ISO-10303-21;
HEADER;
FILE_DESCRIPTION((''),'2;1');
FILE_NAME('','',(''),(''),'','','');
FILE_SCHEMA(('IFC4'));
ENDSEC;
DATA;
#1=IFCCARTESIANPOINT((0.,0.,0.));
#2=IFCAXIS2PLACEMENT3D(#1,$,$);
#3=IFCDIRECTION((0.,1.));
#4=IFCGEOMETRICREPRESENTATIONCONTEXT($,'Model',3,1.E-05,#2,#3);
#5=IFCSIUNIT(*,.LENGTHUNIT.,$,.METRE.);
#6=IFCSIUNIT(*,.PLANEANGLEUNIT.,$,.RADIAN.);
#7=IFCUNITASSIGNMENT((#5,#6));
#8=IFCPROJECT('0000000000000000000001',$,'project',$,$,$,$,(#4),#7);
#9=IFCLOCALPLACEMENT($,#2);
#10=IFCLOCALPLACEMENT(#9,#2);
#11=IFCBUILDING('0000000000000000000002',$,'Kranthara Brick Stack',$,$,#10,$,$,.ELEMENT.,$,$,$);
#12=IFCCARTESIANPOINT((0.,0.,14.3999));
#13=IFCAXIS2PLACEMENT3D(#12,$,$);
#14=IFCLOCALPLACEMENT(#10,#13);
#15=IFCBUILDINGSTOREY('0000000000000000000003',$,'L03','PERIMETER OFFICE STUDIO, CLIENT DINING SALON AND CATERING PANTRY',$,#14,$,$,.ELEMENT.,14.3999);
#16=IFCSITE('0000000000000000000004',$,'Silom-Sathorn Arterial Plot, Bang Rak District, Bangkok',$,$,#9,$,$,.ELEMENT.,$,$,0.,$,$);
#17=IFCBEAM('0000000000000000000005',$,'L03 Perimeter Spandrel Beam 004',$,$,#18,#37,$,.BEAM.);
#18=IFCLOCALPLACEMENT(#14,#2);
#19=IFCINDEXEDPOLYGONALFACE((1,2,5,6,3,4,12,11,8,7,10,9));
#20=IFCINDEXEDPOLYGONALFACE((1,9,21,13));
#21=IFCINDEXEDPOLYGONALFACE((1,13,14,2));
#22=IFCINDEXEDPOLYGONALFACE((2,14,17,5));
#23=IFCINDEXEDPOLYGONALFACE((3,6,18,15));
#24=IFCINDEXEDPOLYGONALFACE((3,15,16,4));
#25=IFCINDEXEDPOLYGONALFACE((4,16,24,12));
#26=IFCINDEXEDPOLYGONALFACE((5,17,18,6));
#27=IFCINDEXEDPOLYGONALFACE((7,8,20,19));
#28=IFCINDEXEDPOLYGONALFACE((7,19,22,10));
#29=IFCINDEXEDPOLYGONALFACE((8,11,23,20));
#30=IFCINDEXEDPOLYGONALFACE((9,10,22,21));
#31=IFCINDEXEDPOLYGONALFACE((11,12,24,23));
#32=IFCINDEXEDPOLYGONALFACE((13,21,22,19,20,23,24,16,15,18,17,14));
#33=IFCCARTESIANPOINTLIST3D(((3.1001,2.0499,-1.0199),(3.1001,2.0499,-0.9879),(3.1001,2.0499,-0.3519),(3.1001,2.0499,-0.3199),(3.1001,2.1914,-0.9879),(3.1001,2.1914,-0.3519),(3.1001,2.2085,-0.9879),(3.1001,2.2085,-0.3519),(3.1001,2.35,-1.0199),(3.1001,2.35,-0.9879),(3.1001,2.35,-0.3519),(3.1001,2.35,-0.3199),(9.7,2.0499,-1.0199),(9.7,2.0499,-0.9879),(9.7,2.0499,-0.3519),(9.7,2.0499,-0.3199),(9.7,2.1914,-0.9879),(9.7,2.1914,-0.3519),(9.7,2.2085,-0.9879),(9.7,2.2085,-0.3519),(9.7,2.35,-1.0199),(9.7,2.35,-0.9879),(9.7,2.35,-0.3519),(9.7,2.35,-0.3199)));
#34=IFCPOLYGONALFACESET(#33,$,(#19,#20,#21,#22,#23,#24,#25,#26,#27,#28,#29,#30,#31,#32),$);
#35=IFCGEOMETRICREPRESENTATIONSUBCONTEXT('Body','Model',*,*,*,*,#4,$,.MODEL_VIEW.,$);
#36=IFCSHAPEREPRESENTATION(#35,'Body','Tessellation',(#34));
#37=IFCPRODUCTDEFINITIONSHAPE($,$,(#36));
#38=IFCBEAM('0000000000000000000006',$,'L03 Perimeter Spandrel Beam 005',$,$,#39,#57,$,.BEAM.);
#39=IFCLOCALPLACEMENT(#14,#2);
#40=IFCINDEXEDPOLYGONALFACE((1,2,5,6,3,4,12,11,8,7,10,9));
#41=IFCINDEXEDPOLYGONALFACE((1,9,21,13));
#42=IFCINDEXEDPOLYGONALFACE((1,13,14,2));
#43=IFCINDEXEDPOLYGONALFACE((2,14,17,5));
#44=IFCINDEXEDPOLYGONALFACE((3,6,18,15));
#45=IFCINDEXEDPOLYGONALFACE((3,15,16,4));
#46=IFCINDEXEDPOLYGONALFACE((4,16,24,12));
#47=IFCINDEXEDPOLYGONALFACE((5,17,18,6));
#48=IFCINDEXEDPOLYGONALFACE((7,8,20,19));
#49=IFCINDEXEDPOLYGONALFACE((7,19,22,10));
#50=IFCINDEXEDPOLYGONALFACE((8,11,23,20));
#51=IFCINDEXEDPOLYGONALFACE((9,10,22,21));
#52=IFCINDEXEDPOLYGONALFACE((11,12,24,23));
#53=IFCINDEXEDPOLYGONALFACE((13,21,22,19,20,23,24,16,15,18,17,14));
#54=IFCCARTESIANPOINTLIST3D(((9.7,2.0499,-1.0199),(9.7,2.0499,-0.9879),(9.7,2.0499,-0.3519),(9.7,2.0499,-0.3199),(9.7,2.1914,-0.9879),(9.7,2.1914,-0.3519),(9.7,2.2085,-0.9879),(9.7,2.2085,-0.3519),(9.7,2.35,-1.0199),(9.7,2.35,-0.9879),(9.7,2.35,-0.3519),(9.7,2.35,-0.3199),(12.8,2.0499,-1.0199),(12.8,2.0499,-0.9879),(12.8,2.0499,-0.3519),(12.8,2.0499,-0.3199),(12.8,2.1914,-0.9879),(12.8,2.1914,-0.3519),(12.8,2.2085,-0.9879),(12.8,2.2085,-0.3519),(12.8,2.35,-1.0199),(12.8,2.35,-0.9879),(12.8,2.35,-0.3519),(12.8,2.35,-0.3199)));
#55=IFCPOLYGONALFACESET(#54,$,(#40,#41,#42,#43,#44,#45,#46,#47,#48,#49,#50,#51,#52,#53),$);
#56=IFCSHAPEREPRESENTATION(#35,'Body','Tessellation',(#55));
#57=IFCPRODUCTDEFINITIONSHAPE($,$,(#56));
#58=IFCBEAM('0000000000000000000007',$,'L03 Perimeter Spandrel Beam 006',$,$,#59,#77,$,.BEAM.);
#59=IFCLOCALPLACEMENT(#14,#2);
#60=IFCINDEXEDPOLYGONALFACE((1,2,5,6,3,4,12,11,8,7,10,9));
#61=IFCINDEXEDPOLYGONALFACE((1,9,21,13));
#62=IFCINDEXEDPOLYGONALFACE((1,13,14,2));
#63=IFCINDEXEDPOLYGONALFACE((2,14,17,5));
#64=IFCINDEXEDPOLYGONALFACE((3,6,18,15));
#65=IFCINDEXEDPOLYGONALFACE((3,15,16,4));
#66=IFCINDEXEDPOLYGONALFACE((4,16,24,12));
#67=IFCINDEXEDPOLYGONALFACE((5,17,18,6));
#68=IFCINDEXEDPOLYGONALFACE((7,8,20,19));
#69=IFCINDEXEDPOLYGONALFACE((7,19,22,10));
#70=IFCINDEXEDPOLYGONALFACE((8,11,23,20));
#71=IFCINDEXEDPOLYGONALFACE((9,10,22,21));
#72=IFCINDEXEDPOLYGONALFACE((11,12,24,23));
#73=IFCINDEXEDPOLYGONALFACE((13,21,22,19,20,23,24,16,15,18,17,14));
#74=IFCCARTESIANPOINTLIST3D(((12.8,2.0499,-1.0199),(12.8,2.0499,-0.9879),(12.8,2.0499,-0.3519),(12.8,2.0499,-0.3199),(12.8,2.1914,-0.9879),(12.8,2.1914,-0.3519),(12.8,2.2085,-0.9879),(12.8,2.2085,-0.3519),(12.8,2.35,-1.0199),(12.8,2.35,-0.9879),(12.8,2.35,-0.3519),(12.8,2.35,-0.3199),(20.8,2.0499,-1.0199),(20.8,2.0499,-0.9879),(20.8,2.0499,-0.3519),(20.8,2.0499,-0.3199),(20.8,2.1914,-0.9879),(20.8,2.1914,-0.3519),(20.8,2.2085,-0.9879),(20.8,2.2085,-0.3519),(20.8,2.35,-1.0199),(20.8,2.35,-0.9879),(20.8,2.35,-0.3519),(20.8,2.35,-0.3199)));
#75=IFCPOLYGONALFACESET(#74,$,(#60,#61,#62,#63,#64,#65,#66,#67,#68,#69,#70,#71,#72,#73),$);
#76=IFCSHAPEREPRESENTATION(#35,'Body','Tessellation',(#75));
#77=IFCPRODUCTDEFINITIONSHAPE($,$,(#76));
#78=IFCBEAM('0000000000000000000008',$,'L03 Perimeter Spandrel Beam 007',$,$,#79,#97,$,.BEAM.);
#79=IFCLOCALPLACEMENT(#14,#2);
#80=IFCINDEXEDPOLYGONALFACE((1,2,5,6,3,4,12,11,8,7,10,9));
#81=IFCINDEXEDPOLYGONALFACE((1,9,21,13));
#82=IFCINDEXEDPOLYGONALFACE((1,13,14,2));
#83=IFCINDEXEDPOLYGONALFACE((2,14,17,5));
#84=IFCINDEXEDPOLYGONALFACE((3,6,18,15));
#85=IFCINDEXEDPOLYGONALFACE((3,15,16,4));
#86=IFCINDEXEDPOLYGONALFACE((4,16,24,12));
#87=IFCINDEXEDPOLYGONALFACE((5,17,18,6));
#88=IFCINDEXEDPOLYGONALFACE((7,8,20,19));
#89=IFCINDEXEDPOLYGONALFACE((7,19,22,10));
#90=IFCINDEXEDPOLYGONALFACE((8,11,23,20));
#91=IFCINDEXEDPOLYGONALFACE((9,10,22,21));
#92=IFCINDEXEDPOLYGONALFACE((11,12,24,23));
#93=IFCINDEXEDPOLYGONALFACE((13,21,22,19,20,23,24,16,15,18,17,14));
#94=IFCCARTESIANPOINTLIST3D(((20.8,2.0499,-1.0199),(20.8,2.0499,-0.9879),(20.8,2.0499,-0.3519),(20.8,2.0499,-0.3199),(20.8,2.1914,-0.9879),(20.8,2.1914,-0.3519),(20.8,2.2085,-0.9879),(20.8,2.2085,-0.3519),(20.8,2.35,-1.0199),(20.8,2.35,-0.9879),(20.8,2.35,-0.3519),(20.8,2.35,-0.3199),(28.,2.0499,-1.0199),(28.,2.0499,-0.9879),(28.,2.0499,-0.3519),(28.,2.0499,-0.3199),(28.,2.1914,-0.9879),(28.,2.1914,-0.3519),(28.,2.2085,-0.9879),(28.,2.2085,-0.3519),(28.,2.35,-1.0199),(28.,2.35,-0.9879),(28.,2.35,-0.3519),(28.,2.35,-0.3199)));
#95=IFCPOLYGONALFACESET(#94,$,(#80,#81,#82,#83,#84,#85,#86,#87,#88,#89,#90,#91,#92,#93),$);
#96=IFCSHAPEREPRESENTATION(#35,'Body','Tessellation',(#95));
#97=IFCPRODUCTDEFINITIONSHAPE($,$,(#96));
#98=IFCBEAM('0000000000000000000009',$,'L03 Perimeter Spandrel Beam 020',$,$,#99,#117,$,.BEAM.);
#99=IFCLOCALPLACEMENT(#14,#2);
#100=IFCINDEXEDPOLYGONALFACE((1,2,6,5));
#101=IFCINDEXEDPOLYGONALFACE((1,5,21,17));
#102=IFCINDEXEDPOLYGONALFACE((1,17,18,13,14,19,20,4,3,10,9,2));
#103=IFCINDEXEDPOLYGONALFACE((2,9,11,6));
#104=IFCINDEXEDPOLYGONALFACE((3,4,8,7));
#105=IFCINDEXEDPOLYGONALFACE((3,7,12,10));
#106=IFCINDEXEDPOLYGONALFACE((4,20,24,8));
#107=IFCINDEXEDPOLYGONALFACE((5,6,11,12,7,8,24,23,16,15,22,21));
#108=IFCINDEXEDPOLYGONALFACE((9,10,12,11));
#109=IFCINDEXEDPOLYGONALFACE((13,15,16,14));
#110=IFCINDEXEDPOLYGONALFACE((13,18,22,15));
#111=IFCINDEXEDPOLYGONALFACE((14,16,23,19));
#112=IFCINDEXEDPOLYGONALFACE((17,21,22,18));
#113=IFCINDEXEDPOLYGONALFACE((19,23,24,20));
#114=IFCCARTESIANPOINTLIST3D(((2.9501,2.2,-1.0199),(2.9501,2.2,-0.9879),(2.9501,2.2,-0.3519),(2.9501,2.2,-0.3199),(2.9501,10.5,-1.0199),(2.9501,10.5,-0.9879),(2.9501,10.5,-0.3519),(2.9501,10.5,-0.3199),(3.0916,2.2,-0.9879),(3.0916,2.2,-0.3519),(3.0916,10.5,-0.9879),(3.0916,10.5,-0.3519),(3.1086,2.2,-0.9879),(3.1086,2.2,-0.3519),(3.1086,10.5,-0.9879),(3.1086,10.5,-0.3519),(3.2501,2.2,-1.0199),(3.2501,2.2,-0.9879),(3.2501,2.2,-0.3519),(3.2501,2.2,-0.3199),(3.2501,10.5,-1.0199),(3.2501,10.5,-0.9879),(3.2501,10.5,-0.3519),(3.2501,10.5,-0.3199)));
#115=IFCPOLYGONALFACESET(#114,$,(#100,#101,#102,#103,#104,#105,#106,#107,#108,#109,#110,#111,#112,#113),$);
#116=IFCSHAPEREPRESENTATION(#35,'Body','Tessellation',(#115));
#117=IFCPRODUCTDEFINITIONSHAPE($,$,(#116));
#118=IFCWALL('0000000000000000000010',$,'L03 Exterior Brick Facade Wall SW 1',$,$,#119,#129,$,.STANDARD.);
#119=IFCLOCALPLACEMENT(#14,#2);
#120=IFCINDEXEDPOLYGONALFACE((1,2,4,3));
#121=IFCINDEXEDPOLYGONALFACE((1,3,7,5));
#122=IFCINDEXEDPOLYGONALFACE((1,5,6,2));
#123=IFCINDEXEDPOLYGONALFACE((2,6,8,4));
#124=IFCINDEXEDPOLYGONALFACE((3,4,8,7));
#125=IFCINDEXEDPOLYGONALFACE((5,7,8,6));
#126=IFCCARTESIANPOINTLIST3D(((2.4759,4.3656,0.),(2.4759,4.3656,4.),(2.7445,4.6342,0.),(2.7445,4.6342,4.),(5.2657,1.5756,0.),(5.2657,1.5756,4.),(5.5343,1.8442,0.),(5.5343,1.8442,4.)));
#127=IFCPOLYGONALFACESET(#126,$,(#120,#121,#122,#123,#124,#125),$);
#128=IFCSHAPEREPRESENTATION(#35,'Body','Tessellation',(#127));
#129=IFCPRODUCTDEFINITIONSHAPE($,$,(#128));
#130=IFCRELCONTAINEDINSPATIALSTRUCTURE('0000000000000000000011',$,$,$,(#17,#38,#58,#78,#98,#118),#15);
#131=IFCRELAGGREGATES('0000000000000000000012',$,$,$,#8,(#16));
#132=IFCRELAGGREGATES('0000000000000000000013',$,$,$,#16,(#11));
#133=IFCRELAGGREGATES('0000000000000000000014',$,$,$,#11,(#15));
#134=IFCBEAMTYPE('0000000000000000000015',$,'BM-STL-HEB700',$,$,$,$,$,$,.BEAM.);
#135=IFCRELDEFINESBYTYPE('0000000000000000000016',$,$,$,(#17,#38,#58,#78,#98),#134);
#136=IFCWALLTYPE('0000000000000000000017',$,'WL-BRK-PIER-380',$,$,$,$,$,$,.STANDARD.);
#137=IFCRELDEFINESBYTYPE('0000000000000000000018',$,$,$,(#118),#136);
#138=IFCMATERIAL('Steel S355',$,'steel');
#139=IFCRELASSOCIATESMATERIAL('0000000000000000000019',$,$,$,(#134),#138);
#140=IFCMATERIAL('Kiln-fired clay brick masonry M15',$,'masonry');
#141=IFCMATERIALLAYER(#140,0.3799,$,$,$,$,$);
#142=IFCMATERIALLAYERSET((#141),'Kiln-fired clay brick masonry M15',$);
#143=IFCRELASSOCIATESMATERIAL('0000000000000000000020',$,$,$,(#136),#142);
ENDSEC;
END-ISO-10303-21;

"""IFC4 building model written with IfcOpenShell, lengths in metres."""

from ifc_helpers import new_model, si_unit, direction, frame, frame_2d, origin, origin_2d, place, context, subcontext, project, spatial, rectangle, i_section, extrude, material, layer, layer_set, material_profile, profile_set, type_object, element, save


model = new_model("IFC4")

# Units and contexts
model_context = context("Model", 3, precision=1e-05, world=origin(), true_north=direction((0.0, 1.0)))
body_context = subcontext(model_context, "Body", "Model", "MODEL_VIEW")
ifc_project = project(units=[si_unit("LENGTHUNIT", "METRE"), si_unit("PLANEANGLEUNIT", "RADIAN")], contexts=[model_context])

# Site, building, storey
site_placement = place(None, origin())
site = spatial("IfcSite", under=ifc_project, at=site_placement, Name="Silom-Sathorn Arterial Plot, Bang Rak District, Bangkok", CompositionType="ELEMENT", RefElevation=0.0)
building_placement = place(site_placement, origin())
building = spatial("IfcBuilding", under=site, at=building_placement, Name="Kranthara Brick Stack", CompositionType="ELEMENT")
storey_placement = place(building_placement, frame((0.0, 0.0, 14.3999)))
storey = spatial("IfcBuildingStorey", under=building, at=storey_placement, Name="L03", Description="PERIMETER OFFICE STUDIO, CLIENT DINING SALON AND CATERING PANTRY", CompositionType="ELEMENT", Elevation=14.3999)

# Beams
ifc_material_1 = material(Name="Steel S355", Category="steel")
ifc_material_profile_1 = material_profile(ifc_material_1, i_section(OverallWidth=0.3, OverallDepth=0.7, WebThickness=0.0171, FlangeThickness=0.032, at=origin_2d()), Name="HEB 700")
ifc_profile_set_1 = profile_set([ifc_material_profile_1], Name="Steel S355")
beam_type_1 = type_object("IfcBeamType", Name="BM-STL-HEB700", PredefinedType="BEAM", material=ifc_profile_set_1)
beam_1_placement = place(storey_placement, frame((3.1001, 2.2, -0.6699), z_axis=(1.0, 0.0, 0.0), x_axis=(0.0, 1.0, 0.0)))
element("IfcBeam", 1, at=beam_1_placement, inside=storey, type_object=beam_type_1, Name="L03 Perimeter Spandrel Beam 004", PredefinedType="BEAM", context=body_context, shape_type="SweptSolid", body=[
    extrude(i_section(OverallWidth=0.3, OverallDepth=0.7, WebThickness=0.0171, FlangeThickness=0.032, at=origin_2d()), origin(), (0.0, 0.0, 1.0), 6.5999),
])
beam_2_placement = place(storey_placement, frame((9.7, 2.2, -0.6699), z_axis=(1.0, 0.0, 0.0), x_axis=(0.0, 1.0, 0.0)))
element("IfcBeam", 2, at=beam_2_placement, inside=storey, type_object=beam_type_1, Name="L03 Perimeter Spandrel Beam 005", PredefinedType="BEAM", context=body_context, shape_type="SweptSolid", body=[
    extrude(i_section(OverallWidth=0.3, OverallDepth=0.7, WebThickness=0.0171, FlangeThickness=0.032, at=origin_2d()), origin(), (0.0, 0.0, 1.0), 3.1001),
])
beam_3_placement = place(storey_placement, frame((12.8, 2.2, -0.6699), z_axis=(1.0, 0.0, 0.0), x_axis=(0.0, 1.0, 0.0)))
element("IfcBeam", 3, at=beam_3_placement, inside=storey, type_object=beam_type_1, Name="L03 Perimeter Spandrel Beam 006", PredefinedType="BEAM", context=body_context, shape_type="SweptSolid", body=[
    extrude(i_section(OverallWidth=0.3, OverallDepth=0.7, WebThickness=0.0171, FlangeThickness=0.032, at=origin_2d()), origin(), (0.0, 0.0, 1.0), 8.0),
])
beam_4_placement = place(storey_placement, frame((20.8, 2.2, -0.6699), z_axis=(1.0, 0.0, 0.0), x_axis=(0.0, 1.0, 0.0)))
element("IfcBeam", 4, at=beam_4_placement, inside=storey, type_object=beam_type_1, Name="L03 Perimeter Spandrel Beam 007", PredefinedType="BEAM", context=body_context, shape_type="SweptSolid", body=[
    extrude(i_section(OverallWidth=0.3, OverallDepth=0.7, WebThickness=0.0171, FlangeThickness=0.032, at=origin_2d()), origin(), (0.0, 0.0, 1.0), 7.2),
])
beam_5_placement = place(storey_placement, frame((3.1001, 2.2, -0.6699), z_axis=(0.0, 1.0, 0.0), x_axis=(-1.0, 0.0, 0.0)))
element("IfcBeam", 5, at=beam_5_placement, inside=storey, type_object=beam_type_1, Name="L03 Perimeter Spandrel Beam 020", PredefinedType="BEAM", context=body_context, shape_type="SweptSolid", body=[
    extrude(i_section(OverallWidth=0.3, OverallDepth=0.7, WebThickness=0.0171, FlangeThickness=0.032, at=origin_2d()), origin(), (0.0, 0.0, 1.0), 8.3),
])

# Wall
ifc_material_2 = material(Name="Kiln-fired clay brick masonry M15", Category="masonry")
ifc_layer_1 = layer(ifc_material_2, 0.3799)
ifc_layer_set_1 = layer_set([ifc_layer_1], Name="Kiln-fired clay brick masonry M15")
wall_type_1 = type_object("IfcWallType", Name="WL-BRK-PIER-380", PredefinedType="STANDARD", material=ifc_layer_set_1)
wall_1_placement = place(storey_placement, frame((5.3999, 1.71, 0.0), z_axis=(0.0, 0.0, 1.0), x_axis=(-0.707076, 0.707138, 0.0)))
element("IfcWall", 6, at=wall_1_placement, inside=storey, type_object=wall_type_1, Name="L03 Exterior Brick Facade Wall SW 1", PredefinedType="STANDARD", context=body_context, shape_type="SweptSolid", body=[
    extrude(rectangle(XDim=3.9456, YDim=0.3799, at=frame_2d((1.9727, 0.0))), origin(), (0.0, 0.0, 1.0), 4.0),
])

save(model, "model.ifc")
